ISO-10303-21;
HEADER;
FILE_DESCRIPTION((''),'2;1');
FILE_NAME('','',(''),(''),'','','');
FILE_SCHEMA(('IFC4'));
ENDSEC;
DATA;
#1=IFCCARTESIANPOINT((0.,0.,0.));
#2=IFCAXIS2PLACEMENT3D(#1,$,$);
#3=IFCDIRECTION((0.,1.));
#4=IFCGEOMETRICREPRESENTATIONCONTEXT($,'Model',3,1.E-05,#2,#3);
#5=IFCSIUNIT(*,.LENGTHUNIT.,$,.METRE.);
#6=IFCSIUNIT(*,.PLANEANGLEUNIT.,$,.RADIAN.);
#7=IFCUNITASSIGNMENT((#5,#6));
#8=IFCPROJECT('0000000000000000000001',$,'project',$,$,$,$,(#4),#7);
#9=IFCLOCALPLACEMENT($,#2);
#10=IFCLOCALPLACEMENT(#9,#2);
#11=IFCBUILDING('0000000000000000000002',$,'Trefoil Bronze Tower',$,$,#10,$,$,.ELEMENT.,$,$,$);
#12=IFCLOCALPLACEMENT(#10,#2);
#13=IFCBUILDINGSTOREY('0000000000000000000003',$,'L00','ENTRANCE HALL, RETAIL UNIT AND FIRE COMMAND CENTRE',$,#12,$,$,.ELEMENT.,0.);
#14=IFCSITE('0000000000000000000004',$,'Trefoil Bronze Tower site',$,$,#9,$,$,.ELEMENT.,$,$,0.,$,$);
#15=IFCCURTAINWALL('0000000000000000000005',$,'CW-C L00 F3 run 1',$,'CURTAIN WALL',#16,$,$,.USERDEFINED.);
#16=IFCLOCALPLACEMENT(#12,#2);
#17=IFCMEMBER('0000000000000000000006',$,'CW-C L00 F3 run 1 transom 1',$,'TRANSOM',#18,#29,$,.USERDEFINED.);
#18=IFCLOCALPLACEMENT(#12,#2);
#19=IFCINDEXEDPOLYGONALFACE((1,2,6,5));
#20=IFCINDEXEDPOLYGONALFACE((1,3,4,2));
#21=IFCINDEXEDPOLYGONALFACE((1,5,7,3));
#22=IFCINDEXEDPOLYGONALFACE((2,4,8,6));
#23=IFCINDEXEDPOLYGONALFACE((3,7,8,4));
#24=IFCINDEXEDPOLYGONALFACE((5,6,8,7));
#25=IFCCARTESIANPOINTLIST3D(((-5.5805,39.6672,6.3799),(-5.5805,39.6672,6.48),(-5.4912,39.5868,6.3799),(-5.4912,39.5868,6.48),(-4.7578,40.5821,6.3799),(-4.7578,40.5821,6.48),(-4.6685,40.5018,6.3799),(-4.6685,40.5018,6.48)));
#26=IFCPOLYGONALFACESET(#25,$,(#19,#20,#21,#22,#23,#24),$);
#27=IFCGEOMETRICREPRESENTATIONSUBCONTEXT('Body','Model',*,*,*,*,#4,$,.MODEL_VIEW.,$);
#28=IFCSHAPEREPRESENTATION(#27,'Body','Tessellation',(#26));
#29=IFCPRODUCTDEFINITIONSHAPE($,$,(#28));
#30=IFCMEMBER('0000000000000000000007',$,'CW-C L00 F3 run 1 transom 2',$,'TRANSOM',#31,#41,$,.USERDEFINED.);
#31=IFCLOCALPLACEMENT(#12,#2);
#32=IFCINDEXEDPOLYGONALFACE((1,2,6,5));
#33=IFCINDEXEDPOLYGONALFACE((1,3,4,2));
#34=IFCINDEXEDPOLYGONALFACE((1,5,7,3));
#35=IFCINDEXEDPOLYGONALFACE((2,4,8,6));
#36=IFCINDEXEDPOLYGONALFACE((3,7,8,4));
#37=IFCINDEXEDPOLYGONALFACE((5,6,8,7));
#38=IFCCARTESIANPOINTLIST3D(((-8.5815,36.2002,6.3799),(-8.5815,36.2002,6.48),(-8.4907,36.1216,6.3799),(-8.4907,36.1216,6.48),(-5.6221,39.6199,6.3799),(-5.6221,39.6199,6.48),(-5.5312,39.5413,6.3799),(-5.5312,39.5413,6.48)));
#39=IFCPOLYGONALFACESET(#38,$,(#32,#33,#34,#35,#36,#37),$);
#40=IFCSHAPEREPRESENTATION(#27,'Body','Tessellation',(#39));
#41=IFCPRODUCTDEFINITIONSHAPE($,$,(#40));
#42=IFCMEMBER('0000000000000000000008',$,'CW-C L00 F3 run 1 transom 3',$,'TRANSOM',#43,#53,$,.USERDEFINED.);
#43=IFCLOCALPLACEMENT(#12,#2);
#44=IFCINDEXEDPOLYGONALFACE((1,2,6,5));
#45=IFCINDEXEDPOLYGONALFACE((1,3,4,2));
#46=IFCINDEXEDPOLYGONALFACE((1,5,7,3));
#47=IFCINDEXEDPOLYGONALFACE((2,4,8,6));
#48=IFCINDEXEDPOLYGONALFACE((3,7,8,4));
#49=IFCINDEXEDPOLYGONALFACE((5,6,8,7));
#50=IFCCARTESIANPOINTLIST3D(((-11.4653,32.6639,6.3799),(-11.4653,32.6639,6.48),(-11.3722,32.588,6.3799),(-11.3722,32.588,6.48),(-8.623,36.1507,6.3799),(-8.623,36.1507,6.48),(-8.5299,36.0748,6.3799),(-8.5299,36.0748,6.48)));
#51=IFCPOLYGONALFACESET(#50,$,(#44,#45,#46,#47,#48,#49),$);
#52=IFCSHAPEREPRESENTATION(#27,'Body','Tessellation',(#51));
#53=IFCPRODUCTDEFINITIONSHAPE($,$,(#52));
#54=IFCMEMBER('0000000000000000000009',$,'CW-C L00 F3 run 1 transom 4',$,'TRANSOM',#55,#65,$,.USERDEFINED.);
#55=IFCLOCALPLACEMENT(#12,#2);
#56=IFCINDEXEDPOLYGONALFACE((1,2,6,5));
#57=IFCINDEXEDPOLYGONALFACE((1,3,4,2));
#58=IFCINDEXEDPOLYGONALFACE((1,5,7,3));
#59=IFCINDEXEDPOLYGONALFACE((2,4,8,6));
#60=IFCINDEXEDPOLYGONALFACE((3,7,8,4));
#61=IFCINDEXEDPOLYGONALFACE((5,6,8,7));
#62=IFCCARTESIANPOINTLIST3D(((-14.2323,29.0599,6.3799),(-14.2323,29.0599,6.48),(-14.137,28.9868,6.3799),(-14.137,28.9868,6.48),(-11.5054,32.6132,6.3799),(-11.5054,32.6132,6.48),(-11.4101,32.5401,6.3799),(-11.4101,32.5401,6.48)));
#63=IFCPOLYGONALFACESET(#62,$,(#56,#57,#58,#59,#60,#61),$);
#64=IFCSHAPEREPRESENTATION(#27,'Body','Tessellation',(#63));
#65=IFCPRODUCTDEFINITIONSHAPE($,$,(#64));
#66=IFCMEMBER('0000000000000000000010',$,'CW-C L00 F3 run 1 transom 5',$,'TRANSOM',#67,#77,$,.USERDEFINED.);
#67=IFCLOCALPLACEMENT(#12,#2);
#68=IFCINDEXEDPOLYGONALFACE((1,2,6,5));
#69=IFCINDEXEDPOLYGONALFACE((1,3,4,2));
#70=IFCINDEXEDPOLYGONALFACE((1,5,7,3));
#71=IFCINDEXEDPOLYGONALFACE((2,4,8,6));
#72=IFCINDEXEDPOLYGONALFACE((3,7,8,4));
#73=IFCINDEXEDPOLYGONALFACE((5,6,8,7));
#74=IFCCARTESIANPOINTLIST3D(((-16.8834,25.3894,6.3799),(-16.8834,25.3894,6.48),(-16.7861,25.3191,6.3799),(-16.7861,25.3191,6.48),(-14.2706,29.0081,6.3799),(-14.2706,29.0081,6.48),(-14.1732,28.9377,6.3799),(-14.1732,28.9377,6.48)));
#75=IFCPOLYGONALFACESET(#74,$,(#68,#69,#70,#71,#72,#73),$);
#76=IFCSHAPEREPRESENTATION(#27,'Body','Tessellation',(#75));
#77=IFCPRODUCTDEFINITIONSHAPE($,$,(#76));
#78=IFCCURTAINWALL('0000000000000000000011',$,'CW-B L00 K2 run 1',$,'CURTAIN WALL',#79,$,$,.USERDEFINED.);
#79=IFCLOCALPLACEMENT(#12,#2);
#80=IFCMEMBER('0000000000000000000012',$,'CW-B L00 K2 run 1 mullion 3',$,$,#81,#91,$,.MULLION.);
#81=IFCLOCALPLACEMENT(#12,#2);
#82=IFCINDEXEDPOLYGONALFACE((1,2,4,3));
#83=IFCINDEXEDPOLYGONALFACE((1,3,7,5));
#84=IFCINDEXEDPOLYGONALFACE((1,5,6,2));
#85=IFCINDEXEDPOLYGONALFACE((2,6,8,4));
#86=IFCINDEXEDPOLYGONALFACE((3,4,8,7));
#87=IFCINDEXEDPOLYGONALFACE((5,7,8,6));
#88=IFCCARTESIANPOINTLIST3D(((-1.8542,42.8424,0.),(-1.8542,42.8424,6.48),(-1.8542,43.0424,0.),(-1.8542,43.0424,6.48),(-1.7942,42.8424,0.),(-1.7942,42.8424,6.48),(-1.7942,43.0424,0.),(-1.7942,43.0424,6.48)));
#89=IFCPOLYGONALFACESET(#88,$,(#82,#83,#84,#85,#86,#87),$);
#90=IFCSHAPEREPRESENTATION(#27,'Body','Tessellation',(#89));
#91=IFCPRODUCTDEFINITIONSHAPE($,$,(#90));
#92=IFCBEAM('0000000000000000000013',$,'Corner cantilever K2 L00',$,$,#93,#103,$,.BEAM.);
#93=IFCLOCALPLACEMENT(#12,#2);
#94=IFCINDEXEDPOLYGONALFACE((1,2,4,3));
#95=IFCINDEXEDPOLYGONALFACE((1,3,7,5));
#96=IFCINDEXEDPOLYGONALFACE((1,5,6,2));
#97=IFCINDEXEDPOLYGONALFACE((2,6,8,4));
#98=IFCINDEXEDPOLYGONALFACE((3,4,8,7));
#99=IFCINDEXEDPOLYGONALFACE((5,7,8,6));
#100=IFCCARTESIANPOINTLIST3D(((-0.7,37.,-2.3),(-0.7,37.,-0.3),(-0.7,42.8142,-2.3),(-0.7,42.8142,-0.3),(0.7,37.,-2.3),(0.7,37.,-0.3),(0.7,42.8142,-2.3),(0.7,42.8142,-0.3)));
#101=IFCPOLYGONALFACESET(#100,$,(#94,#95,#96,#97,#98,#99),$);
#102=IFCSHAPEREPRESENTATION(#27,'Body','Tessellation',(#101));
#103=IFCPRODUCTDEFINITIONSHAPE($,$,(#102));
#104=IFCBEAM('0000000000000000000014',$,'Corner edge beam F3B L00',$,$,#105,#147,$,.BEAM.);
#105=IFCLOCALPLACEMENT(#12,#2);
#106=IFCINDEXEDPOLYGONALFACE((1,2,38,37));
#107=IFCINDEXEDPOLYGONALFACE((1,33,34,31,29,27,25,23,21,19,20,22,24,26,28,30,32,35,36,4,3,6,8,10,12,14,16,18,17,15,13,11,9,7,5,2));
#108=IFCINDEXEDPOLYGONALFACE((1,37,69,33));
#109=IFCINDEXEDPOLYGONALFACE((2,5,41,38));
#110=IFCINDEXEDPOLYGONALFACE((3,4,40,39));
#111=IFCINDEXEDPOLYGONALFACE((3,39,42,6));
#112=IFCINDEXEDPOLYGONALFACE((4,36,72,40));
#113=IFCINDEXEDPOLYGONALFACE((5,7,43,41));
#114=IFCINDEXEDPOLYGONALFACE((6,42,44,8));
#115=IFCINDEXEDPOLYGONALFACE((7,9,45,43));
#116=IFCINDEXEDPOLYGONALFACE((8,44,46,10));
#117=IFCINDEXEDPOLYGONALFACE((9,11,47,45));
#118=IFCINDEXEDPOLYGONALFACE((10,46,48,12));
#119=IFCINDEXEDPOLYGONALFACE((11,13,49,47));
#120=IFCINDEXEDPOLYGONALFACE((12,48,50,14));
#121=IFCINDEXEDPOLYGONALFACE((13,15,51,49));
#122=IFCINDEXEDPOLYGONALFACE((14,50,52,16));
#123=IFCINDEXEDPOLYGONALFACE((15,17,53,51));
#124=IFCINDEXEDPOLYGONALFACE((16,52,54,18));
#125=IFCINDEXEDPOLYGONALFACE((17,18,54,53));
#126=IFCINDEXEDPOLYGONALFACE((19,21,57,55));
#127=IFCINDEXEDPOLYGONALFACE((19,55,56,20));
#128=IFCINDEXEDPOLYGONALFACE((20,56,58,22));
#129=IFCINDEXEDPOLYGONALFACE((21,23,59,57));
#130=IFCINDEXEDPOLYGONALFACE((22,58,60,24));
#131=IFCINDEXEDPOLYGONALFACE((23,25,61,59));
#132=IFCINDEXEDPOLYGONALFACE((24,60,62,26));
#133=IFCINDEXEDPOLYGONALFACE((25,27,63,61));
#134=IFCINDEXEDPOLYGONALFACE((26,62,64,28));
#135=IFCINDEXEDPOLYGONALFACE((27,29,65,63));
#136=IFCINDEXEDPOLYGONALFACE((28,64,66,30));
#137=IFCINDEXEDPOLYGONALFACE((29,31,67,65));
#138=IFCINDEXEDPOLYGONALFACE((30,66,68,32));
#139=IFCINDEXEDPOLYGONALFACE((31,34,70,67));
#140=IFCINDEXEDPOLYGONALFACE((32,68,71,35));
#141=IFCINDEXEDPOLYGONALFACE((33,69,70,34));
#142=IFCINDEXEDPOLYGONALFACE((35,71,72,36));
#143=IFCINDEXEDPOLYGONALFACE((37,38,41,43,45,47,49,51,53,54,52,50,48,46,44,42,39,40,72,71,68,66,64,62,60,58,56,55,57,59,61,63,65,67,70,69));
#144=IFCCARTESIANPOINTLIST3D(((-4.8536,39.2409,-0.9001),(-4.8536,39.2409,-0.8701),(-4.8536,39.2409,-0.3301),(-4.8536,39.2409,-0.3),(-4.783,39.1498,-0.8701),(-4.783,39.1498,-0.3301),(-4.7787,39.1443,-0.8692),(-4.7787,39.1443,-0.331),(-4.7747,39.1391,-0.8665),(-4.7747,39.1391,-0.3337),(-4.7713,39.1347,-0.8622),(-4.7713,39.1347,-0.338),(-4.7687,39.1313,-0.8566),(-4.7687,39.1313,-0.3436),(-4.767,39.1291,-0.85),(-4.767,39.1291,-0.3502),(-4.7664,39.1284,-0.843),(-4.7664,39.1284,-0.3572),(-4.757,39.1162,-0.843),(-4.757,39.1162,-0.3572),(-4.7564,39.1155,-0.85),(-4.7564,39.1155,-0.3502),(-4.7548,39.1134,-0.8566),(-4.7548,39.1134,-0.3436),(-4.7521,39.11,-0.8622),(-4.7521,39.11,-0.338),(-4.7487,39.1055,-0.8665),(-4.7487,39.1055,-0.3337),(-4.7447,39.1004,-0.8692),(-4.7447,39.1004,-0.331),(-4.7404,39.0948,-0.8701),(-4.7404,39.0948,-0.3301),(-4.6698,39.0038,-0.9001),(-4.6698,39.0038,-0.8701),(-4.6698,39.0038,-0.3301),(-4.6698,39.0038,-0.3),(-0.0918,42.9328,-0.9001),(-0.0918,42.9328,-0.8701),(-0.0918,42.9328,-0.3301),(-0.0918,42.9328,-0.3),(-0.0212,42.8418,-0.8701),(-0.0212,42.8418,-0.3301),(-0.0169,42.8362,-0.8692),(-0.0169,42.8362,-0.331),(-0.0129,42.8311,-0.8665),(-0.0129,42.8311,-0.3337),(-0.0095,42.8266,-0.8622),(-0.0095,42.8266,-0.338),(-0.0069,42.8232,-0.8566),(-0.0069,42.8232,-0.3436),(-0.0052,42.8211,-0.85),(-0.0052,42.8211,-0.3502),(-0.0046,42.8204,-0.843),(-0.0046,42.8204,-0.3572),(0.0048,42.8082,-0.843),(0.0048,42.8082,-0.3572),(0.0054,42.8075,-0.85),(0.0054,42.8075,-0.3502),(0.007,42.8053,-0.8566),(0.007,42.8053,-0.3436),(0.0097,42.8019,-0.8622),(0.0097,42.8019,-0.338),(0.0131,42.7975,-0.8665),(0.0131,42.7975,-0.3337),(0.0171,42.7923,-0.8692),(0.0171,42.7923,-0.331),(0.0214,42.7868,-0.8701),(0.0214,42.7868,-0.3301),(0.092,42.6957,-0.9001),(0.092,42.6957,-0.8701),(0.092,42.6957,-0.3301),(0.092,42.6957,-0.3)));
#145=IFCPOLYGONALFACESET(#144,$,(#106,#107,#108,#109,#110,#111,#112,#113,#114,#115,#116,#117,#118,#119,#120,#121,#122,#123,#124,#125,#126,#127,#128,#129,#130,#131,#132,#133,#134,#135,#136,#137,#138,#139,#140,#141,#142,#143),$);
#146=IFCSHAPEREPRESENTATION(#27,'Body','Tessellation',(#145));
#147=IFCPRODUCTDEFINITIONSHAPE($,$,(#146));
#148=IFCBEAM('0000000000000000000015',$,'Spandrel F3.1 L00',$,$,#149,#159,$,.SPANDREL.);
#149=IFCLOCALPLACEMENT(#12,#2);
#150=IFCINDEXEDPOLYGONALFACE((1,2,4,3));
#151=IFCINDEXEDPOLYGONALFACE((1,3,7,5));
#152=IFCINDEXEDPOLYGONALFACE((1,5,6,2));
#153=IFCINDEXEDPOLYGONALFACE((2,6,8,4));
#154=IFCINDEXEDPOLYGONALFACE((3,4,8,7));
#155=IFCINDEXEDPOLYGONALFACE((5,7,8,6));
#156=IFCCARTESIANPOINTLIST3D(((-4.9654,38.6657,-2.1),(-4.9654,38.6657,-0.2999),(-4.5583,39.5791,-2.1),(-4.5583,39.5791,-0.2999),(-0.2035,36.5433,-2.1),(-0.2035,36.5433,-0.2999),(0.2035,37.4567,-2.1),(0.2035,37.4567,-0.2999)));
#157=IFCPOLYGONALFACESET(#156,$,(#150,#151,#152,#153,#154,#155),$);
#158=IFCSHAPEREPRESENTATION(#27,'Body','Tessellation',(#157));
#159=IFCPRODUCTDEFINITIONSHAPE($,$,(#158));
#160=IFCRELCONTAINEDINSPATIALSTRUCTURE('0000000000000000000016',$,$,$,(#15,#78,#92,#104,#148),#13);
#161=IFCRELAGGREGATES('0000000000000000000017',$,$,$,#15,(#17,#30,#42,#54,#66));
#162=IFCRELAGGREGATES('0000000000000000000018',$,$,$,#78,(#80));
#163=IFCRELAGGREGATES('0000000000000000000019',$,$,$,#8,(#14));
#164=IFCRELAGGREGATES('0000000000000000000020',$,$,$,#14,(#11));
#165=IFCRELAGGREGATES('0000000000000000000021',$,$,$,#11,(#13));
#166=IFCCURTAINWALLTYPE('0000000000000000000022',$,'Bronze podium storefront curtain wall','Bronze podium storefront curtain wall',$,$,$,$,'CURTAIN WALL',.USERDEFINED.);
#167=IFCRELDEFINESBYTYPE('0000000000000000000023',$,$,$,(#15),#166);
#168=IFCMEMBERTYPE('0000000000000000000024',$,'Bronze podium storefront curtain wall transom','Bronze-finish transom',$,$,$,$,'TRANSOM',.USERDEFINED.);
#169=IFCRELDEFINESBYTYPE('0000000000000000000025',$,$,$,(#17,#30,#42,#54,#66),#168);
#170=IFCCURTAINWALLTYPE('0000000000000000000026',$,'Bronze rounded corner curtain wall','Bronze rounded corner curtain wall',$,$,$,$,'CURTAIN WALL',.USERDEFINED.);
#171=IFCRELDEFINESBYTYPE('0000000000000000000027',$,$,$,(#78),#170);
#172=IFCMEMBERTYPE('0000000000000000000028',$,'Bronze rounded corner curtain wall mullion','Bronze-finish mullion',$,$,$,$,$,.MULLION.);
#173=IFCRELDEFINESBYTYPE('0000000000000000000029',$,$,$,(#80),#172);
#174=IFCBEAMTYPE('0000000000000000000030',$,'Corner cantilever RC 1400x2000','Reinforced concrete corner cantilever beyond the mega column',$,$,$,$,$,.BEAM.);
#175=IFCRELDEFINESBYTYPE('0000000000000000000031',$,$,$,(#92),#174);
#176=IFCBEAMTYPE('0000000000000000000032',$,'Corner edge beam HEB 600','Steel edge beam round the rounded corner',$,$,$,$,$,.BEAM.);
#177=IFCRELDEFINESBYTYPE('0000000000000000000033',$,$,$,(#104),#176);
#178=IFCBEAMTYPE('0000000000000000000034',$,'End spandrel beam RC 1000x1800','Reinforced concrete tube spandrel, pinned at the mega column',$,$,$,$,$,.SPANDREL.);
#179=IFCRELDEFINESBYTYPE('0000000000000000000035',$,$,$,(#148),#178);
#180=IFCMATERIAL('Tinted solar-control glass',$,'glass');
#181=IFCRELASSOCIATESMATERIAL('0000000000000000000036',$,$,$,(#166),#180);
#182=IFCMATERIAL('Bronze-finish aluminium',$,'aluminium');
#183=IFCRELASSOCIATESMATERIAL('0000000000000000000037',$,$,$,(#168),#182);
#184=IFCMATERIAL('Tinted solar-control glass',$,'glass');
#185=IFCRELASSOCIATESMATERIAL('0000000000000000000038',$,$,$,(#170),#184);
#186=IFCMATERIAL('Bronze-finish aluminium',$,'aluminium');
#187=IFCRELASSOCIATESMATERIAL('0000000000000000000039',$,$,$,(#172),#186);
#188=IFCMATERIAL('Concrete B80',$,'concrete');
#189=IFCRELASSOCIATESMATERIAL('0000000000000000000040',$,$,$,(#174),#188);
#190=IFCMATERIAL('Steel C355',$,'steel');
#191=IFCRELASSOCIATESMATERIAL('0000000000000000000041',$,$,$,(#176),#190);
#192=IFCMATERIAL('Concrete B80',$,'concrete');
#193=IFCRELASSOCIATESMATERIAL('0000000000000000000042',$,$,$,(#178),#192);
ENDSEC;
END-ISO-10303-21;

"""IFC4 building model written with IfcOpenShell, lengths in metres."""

from ifc_helpers import new_model, si_unit, direction, frame, origin, origin_2d, place, context, subcontext, project, spatial, rectangle, i_section, extrude, material, material_profile, profile_set, type_object, element, aggregate, save


model = new_model("IFC4")

# Units and contexts
model_context = context("Model", 3, precision=1e-05, world=origin(), true_north=direction((0.0, 1.0)))
body_context = subcontext(model_context, "Body", "Model", "MODEL_VIEW")
ifc_project = project(units=[si_unit("LENGTHUNIT", "METRE"), si_unit("PLANEANGLEUNIT", "RADIAN")], contexts=[model_context])

# Site, building, storey
site_placement = place(None, origin())
site = spatial("IfcSite", under=ifc_project, at=site_placement, Name="Trefoil Bronze Tower site", CompositionType="ELEMENT", RefElevation=0.0)
building_placement = place(site_placement, origin())
building = spatial("IfcBuilding", under=site, at=building_placement, Name="Trefoil Bronze Tower", CompositionType="ELEMENT")
storey_placement = place(building_placement, origin())
storey = spatial("IfcBuildingStorey", under=building, at=storey_placement, Name="L00", Description="ENTRANCE HALL, RETAIL UNIT AND FIRE COMMAND CENTRE", CompositionType="ELEMENT", Elevation=0.0)

# Curtain wall, members
ifc_material_1 = material(Name="Tinted solar-control glass", Category="glass")
curtain_wall_type_1 = type_object("IfcCurtainWallType", Name="Bronze podium storefront curtain wall", Description="Bronze podium storefront curtain wall", ElementType="CURTAIN WALL", PredefinedType="USERDEFINED", material=ifc_material_1)
curtain_wall_1_placement = place(storey_placement, origin())
curtain_wall_1 = element("IfcCurtainWall", 1, at=curtain_wall_1_placement, inside=storey, type_object=curtain_wall_type_1, Name="CW-C L00 F3 run 1", ObjectType="CURTAIN WALL", PredefinedType="USERDEFINED")
ifc_material_2 = material(Name="Bronze-finish aluminium", Category="aluminium")
ifc_material_profile_1 = material_profile(ifc_material_2, rectangle(XDim=0.1201, YDim=0.1001, at=origin_2d()), Name="CW-C transom")
ifc_profile_set_1 = profile_set([ifc_material_profile_1], Name="Bronze-finish aluminium")
member_type_1 = type_object("IfcMemberType", Name="Bronze podium storefront curtain wall transom", Description="Bronze-finish transom", ElementType="TRANSOM", PredefinedType="USERDEFINED", material=ifc_profile_set_1)
member_1_placement = place(storey_placement, frame((-4.7131, 40.542, 6.4299), z_axis=(-0.668614, -0.74361, 0.0), x_axis=(0.74361, -0.668614, 0.0)))
member_1 = element("IfcMember", 2, at=member_1_placement, type_object=member_type_1, Name="CW-C L00 F3 run 1 transom 1", ObjectType="TRANSOM", PredefinedType="USERDEFINED", context=body_context, shape_type="SweptSolid", body=[
    extrude(rectangle(XDim=0.1201, YDim=0.1001, at=origin_2d()), origin(), (0.0, 0.0, 1.0), 1.2305),
])
member_2_placement = place(storey_placement, frame((-5.5767, 39.5806, 6.4299), z_axis=(-0.654394, -0.756154, 0.0), x_axis=(0.756154, -0.654394, 0.0)))
member_2 = element("IfcMember", 3, at=member_2_placement, type_object=member_type_1, Name="CW-C L00 F3 run 1 transom 2", ObjectType="TRANSOM", PredefinedType="USERDEFINED", context=body_context, shape_type="SweptSolid", body=[
    extrude(rectangle(XDim=0.1201, YDim=0.1001, at=origin_2d()), origin(), (0.0, 0.0, 1.0), 4.5225),
])
member_3_placement = place(storey_placement, frame((-8.5764, 36.1128, 6.4299), z_axis=(-0.63183, -0.775107, 0.0), x_axis=(0.775107, -0.63183, 0.0)))
member_3 = element("IfcMember", 4, at=member_3_placement, type_object=member_type_1, Name="CW-C L00 F3 run 1 transom 3", ObjectType="TRANSOM", PredefinedType="USERDEFINED", context=body_context, shape_type="SweptSolid", body=[
    extrude(rectangle(XDim=0.1201, YDim=0.1001, at=origin_2d()), origin(), (0.0, 0.0, 1.0), 4.4985),
])
member_4_placement = place(storey_placement, frame((-11.4578, 32.5767, 6.4299), z_axis=(-0.608807, -0.793319, 0.0), x_axis=(0.793319, -0.608807, 0.0)))
member_4 = element("IfcMember", 5, at=member_4_placement, type_object=member_type_1, Name="CW-C L00 F3 run 1 transom 4", ObjectType="TRANSOM", PredefinedType="USERDEFINED", context=body_context, shape_type="SweptSolid", body=[
    extrude(rectangle(XDim=0.1201, YDim=0.1001, at=origin_2d()), origin(), (0.0, 0.0, 1.0), 4.479),
])
member_5_placement = place(storey_placement, frame((-14.2219, 28.9729, 6.4299), z_axis=(-0.585391, -0.810751, 0.0), x_axis=(0.810751, -0.585391, 0.0)))
member_5 = element("IfcMember", 6, at=member_5_placement, type_object=member_type_1, Name="CW-C L00 F3 run 1 transom 5", ObjectType="TRANSOM", PredefinedType="USERDEFINED", context=body_context, shape_type="SweptSolid", body=[
    extrude(rectangle(XDim=0.1201, YDim=0.1001, at=origin_2d()), origin(), (0.0, 0.0, 1.0), 4.4634),
])

# Curtain wall, member
ifc_material_3 = material(Name="Tinted solar-control glass", Category="glass")
curtain_wall_type_2 = type_object("IfcCurtainWallType", Name="Bronze rounded corner curtain wall", Description="Bronze rounded corner curtain wall", ElementType="CURTAIN WALL", PredefinedType="USERDEFINED", material=ifc_material_3)
curtain_wall_2_placement = place(storey_placement, origin())
curtain_wall_2 = element("IfcCurtainWall", 7, at=curtain_wall_2_placement, inside=storey, type_object=curtain_wall_type_2, Name="CW-B L00 K2 run 1", ObjectType="CURTAIN WALL", PredefinedType="USERDEFINED")
ifc_material_4 = material(Name="Bronze-finish aluminium", Category="aluminium")
ifc_material_profile_2 = material_profile(ifc_material_4, rectangle(XDim=0.2, YDim=0.0601, at=origin_2d()), Name="CW-B mullion")
ifc_profile_set_2 = profile_set([ifc_material_profile_2], Name="Bronze-finish aluminium")
member_type_2 = type_object("IfcMemberType", Name="Bronze rounded corner curtain wall mullion", Description="Bronze-finish mullion", PredefinedType="MULLION", material=ifc_profile_set_2)
member_6_placement = place(storey_placement, frame((-1.8242, 42.9424, 0.0), z_axis=(0.0, 0.0, 1.0), x_axis=(0.0, -1.0, 0.0)))
member_6 = element("IfcMember", 8, at=member_6_placement, type_object=member_type_2, Name="CW-B L00 K2 run 1 mullion 3", PredefinedType="MULLION", context=body_context, shape_type="SweptSolid", body=[
    extrude(rectangle(XDim=0.2, YDim=0.0601, at=origin_2d()), origin(), (0.0, 0.0, 1.0), 6.48),
])

# Beams
ifc_material_5 = material(Name="Concrete B80", Category="concrete")
ifc_material_profile_3 = material_profile(ifc_material_5, rectangle(XDim=1.3999, YDim=2.0, at=origin_2d()), Name="RC 1400x2000")
ifc_profile_set_3 = profile_set([ifc_material_profile_3], Name="Concrete B80")
beam_type_1 = type_object("IfcBeamType", Name="Corner cantilever RC 1400x2000", Description="Reinforced concrete corner cantilever beyond the mega column", PredefinedType="BEAM", material=ifc_profile_set_3)
beam_1_placement = place(storey_placement, frame((0.0, 37.0, -1.3), z_axis=(0.0, 1.0, 0.0), x_axis=(-1.0, 0.0, 0.0)))
element("IfcBeam", 9, at=beam_1_placement, inside=storey, type_object=beam_type_1, Name="Corner cantilever K2 L00", PredefinedType="BEAM", context=body_context, shape_type="SweptSolid", body=[
    extrude(rectangle(XDim=1.3999, YDim=2.0, at=origin_2d()), origin(), (0.0, 0.0, 1.0), 5.8142),
])
ifc_material_6 = material(Name="Steel C355", Category="steel")
ifc_material_profile_4 = material_profile(ifc_material_6, i_section(OverallWidth=0.3, OverallDepth=0.6001, WebThickness=0.0154, FlangeThickness=0.03, FilletRadius=0.0271, at=origin_2d()), Name="HEB 600")
ifc_profile_set_4 = profile_set([ifc_material_profile_4], Name="Steel C355")
beam_type_2 = type_object("IfcBeamType", Name="Corner edge beam HEB 600", Description="Steel edge beam round the rounded corner", PredefinedType="BEAM", material=ifc_profile_set_4)
beam_2_placement = place(storey_placement, frame((-4.7617, 39.1223, -0.6001), z_axis=(0.790289, 0.612734, 0.0), x_axis=(-0.612734, 0.790289, 0.0)))
element("IfcBeam", 10, at=beam_2_placement, inside=storey, type_object=beam_type_2, Name="Corner edge beam F3B L00", PredefinedType="BEAM", context=body_context, shape_type="SweptSolid", body=[
    extrude(i_section(OverallWidth=0.3, OverallDepth=0.6001, WebThickness=0.0154, FlangeThickness=0.03, FilletRadius=0.0271, at=origin_2d()), origin(), (0.0, 0.0, 1.0), 6.0254),
])
ifc_material_7 = material(Name="Concrete B80", Category="concrete")
ifc_material_profile_5 = material_profile(ifc_material_7, rectangle(XDim=1.0, YDim=1.8, at=origin_2d()), Name="RC 1000x1800")
ifc_profile_set_5 = profile_set([ifc_material_profile_5], Name="Concrete B80")
beam_type_3 = type_object("IfcBeamType", Name="End spandrel beam RC 1000x1800", Description="Reinforced concrete tube spandrel, pinned at the mega column", PredefinedType="SPANDREL", material=ifc_profile_set_5)
beam_3_placement = place(storey_placement, frame((0.0, 37.0, -1.2), z_axis=(-0.913384, 0.407099, 0.0), x_axis=(-0.407099, -0.913384, 0.0)))
element("IfcBeam", 11, at=beam_3_placement, inside=storey, type_object=beam_type_3, Name="Spandrel F3.1 L00", PredefinedType="SPANDREL", context=body_context, shape_type="SweptSolid", body=[
    extrude(rectangle(XDim=1.0, YDim=1.8, at=origin_2d()), origin(), (0.0, 0.0, 1.0), 5.2134),
])

aggregate(curtain_wall_1, [member_1, member_2, member_3, member_4, member_5])
aggregate(curtain_wall_2, [member_6])

save(model, "model.ifc")
